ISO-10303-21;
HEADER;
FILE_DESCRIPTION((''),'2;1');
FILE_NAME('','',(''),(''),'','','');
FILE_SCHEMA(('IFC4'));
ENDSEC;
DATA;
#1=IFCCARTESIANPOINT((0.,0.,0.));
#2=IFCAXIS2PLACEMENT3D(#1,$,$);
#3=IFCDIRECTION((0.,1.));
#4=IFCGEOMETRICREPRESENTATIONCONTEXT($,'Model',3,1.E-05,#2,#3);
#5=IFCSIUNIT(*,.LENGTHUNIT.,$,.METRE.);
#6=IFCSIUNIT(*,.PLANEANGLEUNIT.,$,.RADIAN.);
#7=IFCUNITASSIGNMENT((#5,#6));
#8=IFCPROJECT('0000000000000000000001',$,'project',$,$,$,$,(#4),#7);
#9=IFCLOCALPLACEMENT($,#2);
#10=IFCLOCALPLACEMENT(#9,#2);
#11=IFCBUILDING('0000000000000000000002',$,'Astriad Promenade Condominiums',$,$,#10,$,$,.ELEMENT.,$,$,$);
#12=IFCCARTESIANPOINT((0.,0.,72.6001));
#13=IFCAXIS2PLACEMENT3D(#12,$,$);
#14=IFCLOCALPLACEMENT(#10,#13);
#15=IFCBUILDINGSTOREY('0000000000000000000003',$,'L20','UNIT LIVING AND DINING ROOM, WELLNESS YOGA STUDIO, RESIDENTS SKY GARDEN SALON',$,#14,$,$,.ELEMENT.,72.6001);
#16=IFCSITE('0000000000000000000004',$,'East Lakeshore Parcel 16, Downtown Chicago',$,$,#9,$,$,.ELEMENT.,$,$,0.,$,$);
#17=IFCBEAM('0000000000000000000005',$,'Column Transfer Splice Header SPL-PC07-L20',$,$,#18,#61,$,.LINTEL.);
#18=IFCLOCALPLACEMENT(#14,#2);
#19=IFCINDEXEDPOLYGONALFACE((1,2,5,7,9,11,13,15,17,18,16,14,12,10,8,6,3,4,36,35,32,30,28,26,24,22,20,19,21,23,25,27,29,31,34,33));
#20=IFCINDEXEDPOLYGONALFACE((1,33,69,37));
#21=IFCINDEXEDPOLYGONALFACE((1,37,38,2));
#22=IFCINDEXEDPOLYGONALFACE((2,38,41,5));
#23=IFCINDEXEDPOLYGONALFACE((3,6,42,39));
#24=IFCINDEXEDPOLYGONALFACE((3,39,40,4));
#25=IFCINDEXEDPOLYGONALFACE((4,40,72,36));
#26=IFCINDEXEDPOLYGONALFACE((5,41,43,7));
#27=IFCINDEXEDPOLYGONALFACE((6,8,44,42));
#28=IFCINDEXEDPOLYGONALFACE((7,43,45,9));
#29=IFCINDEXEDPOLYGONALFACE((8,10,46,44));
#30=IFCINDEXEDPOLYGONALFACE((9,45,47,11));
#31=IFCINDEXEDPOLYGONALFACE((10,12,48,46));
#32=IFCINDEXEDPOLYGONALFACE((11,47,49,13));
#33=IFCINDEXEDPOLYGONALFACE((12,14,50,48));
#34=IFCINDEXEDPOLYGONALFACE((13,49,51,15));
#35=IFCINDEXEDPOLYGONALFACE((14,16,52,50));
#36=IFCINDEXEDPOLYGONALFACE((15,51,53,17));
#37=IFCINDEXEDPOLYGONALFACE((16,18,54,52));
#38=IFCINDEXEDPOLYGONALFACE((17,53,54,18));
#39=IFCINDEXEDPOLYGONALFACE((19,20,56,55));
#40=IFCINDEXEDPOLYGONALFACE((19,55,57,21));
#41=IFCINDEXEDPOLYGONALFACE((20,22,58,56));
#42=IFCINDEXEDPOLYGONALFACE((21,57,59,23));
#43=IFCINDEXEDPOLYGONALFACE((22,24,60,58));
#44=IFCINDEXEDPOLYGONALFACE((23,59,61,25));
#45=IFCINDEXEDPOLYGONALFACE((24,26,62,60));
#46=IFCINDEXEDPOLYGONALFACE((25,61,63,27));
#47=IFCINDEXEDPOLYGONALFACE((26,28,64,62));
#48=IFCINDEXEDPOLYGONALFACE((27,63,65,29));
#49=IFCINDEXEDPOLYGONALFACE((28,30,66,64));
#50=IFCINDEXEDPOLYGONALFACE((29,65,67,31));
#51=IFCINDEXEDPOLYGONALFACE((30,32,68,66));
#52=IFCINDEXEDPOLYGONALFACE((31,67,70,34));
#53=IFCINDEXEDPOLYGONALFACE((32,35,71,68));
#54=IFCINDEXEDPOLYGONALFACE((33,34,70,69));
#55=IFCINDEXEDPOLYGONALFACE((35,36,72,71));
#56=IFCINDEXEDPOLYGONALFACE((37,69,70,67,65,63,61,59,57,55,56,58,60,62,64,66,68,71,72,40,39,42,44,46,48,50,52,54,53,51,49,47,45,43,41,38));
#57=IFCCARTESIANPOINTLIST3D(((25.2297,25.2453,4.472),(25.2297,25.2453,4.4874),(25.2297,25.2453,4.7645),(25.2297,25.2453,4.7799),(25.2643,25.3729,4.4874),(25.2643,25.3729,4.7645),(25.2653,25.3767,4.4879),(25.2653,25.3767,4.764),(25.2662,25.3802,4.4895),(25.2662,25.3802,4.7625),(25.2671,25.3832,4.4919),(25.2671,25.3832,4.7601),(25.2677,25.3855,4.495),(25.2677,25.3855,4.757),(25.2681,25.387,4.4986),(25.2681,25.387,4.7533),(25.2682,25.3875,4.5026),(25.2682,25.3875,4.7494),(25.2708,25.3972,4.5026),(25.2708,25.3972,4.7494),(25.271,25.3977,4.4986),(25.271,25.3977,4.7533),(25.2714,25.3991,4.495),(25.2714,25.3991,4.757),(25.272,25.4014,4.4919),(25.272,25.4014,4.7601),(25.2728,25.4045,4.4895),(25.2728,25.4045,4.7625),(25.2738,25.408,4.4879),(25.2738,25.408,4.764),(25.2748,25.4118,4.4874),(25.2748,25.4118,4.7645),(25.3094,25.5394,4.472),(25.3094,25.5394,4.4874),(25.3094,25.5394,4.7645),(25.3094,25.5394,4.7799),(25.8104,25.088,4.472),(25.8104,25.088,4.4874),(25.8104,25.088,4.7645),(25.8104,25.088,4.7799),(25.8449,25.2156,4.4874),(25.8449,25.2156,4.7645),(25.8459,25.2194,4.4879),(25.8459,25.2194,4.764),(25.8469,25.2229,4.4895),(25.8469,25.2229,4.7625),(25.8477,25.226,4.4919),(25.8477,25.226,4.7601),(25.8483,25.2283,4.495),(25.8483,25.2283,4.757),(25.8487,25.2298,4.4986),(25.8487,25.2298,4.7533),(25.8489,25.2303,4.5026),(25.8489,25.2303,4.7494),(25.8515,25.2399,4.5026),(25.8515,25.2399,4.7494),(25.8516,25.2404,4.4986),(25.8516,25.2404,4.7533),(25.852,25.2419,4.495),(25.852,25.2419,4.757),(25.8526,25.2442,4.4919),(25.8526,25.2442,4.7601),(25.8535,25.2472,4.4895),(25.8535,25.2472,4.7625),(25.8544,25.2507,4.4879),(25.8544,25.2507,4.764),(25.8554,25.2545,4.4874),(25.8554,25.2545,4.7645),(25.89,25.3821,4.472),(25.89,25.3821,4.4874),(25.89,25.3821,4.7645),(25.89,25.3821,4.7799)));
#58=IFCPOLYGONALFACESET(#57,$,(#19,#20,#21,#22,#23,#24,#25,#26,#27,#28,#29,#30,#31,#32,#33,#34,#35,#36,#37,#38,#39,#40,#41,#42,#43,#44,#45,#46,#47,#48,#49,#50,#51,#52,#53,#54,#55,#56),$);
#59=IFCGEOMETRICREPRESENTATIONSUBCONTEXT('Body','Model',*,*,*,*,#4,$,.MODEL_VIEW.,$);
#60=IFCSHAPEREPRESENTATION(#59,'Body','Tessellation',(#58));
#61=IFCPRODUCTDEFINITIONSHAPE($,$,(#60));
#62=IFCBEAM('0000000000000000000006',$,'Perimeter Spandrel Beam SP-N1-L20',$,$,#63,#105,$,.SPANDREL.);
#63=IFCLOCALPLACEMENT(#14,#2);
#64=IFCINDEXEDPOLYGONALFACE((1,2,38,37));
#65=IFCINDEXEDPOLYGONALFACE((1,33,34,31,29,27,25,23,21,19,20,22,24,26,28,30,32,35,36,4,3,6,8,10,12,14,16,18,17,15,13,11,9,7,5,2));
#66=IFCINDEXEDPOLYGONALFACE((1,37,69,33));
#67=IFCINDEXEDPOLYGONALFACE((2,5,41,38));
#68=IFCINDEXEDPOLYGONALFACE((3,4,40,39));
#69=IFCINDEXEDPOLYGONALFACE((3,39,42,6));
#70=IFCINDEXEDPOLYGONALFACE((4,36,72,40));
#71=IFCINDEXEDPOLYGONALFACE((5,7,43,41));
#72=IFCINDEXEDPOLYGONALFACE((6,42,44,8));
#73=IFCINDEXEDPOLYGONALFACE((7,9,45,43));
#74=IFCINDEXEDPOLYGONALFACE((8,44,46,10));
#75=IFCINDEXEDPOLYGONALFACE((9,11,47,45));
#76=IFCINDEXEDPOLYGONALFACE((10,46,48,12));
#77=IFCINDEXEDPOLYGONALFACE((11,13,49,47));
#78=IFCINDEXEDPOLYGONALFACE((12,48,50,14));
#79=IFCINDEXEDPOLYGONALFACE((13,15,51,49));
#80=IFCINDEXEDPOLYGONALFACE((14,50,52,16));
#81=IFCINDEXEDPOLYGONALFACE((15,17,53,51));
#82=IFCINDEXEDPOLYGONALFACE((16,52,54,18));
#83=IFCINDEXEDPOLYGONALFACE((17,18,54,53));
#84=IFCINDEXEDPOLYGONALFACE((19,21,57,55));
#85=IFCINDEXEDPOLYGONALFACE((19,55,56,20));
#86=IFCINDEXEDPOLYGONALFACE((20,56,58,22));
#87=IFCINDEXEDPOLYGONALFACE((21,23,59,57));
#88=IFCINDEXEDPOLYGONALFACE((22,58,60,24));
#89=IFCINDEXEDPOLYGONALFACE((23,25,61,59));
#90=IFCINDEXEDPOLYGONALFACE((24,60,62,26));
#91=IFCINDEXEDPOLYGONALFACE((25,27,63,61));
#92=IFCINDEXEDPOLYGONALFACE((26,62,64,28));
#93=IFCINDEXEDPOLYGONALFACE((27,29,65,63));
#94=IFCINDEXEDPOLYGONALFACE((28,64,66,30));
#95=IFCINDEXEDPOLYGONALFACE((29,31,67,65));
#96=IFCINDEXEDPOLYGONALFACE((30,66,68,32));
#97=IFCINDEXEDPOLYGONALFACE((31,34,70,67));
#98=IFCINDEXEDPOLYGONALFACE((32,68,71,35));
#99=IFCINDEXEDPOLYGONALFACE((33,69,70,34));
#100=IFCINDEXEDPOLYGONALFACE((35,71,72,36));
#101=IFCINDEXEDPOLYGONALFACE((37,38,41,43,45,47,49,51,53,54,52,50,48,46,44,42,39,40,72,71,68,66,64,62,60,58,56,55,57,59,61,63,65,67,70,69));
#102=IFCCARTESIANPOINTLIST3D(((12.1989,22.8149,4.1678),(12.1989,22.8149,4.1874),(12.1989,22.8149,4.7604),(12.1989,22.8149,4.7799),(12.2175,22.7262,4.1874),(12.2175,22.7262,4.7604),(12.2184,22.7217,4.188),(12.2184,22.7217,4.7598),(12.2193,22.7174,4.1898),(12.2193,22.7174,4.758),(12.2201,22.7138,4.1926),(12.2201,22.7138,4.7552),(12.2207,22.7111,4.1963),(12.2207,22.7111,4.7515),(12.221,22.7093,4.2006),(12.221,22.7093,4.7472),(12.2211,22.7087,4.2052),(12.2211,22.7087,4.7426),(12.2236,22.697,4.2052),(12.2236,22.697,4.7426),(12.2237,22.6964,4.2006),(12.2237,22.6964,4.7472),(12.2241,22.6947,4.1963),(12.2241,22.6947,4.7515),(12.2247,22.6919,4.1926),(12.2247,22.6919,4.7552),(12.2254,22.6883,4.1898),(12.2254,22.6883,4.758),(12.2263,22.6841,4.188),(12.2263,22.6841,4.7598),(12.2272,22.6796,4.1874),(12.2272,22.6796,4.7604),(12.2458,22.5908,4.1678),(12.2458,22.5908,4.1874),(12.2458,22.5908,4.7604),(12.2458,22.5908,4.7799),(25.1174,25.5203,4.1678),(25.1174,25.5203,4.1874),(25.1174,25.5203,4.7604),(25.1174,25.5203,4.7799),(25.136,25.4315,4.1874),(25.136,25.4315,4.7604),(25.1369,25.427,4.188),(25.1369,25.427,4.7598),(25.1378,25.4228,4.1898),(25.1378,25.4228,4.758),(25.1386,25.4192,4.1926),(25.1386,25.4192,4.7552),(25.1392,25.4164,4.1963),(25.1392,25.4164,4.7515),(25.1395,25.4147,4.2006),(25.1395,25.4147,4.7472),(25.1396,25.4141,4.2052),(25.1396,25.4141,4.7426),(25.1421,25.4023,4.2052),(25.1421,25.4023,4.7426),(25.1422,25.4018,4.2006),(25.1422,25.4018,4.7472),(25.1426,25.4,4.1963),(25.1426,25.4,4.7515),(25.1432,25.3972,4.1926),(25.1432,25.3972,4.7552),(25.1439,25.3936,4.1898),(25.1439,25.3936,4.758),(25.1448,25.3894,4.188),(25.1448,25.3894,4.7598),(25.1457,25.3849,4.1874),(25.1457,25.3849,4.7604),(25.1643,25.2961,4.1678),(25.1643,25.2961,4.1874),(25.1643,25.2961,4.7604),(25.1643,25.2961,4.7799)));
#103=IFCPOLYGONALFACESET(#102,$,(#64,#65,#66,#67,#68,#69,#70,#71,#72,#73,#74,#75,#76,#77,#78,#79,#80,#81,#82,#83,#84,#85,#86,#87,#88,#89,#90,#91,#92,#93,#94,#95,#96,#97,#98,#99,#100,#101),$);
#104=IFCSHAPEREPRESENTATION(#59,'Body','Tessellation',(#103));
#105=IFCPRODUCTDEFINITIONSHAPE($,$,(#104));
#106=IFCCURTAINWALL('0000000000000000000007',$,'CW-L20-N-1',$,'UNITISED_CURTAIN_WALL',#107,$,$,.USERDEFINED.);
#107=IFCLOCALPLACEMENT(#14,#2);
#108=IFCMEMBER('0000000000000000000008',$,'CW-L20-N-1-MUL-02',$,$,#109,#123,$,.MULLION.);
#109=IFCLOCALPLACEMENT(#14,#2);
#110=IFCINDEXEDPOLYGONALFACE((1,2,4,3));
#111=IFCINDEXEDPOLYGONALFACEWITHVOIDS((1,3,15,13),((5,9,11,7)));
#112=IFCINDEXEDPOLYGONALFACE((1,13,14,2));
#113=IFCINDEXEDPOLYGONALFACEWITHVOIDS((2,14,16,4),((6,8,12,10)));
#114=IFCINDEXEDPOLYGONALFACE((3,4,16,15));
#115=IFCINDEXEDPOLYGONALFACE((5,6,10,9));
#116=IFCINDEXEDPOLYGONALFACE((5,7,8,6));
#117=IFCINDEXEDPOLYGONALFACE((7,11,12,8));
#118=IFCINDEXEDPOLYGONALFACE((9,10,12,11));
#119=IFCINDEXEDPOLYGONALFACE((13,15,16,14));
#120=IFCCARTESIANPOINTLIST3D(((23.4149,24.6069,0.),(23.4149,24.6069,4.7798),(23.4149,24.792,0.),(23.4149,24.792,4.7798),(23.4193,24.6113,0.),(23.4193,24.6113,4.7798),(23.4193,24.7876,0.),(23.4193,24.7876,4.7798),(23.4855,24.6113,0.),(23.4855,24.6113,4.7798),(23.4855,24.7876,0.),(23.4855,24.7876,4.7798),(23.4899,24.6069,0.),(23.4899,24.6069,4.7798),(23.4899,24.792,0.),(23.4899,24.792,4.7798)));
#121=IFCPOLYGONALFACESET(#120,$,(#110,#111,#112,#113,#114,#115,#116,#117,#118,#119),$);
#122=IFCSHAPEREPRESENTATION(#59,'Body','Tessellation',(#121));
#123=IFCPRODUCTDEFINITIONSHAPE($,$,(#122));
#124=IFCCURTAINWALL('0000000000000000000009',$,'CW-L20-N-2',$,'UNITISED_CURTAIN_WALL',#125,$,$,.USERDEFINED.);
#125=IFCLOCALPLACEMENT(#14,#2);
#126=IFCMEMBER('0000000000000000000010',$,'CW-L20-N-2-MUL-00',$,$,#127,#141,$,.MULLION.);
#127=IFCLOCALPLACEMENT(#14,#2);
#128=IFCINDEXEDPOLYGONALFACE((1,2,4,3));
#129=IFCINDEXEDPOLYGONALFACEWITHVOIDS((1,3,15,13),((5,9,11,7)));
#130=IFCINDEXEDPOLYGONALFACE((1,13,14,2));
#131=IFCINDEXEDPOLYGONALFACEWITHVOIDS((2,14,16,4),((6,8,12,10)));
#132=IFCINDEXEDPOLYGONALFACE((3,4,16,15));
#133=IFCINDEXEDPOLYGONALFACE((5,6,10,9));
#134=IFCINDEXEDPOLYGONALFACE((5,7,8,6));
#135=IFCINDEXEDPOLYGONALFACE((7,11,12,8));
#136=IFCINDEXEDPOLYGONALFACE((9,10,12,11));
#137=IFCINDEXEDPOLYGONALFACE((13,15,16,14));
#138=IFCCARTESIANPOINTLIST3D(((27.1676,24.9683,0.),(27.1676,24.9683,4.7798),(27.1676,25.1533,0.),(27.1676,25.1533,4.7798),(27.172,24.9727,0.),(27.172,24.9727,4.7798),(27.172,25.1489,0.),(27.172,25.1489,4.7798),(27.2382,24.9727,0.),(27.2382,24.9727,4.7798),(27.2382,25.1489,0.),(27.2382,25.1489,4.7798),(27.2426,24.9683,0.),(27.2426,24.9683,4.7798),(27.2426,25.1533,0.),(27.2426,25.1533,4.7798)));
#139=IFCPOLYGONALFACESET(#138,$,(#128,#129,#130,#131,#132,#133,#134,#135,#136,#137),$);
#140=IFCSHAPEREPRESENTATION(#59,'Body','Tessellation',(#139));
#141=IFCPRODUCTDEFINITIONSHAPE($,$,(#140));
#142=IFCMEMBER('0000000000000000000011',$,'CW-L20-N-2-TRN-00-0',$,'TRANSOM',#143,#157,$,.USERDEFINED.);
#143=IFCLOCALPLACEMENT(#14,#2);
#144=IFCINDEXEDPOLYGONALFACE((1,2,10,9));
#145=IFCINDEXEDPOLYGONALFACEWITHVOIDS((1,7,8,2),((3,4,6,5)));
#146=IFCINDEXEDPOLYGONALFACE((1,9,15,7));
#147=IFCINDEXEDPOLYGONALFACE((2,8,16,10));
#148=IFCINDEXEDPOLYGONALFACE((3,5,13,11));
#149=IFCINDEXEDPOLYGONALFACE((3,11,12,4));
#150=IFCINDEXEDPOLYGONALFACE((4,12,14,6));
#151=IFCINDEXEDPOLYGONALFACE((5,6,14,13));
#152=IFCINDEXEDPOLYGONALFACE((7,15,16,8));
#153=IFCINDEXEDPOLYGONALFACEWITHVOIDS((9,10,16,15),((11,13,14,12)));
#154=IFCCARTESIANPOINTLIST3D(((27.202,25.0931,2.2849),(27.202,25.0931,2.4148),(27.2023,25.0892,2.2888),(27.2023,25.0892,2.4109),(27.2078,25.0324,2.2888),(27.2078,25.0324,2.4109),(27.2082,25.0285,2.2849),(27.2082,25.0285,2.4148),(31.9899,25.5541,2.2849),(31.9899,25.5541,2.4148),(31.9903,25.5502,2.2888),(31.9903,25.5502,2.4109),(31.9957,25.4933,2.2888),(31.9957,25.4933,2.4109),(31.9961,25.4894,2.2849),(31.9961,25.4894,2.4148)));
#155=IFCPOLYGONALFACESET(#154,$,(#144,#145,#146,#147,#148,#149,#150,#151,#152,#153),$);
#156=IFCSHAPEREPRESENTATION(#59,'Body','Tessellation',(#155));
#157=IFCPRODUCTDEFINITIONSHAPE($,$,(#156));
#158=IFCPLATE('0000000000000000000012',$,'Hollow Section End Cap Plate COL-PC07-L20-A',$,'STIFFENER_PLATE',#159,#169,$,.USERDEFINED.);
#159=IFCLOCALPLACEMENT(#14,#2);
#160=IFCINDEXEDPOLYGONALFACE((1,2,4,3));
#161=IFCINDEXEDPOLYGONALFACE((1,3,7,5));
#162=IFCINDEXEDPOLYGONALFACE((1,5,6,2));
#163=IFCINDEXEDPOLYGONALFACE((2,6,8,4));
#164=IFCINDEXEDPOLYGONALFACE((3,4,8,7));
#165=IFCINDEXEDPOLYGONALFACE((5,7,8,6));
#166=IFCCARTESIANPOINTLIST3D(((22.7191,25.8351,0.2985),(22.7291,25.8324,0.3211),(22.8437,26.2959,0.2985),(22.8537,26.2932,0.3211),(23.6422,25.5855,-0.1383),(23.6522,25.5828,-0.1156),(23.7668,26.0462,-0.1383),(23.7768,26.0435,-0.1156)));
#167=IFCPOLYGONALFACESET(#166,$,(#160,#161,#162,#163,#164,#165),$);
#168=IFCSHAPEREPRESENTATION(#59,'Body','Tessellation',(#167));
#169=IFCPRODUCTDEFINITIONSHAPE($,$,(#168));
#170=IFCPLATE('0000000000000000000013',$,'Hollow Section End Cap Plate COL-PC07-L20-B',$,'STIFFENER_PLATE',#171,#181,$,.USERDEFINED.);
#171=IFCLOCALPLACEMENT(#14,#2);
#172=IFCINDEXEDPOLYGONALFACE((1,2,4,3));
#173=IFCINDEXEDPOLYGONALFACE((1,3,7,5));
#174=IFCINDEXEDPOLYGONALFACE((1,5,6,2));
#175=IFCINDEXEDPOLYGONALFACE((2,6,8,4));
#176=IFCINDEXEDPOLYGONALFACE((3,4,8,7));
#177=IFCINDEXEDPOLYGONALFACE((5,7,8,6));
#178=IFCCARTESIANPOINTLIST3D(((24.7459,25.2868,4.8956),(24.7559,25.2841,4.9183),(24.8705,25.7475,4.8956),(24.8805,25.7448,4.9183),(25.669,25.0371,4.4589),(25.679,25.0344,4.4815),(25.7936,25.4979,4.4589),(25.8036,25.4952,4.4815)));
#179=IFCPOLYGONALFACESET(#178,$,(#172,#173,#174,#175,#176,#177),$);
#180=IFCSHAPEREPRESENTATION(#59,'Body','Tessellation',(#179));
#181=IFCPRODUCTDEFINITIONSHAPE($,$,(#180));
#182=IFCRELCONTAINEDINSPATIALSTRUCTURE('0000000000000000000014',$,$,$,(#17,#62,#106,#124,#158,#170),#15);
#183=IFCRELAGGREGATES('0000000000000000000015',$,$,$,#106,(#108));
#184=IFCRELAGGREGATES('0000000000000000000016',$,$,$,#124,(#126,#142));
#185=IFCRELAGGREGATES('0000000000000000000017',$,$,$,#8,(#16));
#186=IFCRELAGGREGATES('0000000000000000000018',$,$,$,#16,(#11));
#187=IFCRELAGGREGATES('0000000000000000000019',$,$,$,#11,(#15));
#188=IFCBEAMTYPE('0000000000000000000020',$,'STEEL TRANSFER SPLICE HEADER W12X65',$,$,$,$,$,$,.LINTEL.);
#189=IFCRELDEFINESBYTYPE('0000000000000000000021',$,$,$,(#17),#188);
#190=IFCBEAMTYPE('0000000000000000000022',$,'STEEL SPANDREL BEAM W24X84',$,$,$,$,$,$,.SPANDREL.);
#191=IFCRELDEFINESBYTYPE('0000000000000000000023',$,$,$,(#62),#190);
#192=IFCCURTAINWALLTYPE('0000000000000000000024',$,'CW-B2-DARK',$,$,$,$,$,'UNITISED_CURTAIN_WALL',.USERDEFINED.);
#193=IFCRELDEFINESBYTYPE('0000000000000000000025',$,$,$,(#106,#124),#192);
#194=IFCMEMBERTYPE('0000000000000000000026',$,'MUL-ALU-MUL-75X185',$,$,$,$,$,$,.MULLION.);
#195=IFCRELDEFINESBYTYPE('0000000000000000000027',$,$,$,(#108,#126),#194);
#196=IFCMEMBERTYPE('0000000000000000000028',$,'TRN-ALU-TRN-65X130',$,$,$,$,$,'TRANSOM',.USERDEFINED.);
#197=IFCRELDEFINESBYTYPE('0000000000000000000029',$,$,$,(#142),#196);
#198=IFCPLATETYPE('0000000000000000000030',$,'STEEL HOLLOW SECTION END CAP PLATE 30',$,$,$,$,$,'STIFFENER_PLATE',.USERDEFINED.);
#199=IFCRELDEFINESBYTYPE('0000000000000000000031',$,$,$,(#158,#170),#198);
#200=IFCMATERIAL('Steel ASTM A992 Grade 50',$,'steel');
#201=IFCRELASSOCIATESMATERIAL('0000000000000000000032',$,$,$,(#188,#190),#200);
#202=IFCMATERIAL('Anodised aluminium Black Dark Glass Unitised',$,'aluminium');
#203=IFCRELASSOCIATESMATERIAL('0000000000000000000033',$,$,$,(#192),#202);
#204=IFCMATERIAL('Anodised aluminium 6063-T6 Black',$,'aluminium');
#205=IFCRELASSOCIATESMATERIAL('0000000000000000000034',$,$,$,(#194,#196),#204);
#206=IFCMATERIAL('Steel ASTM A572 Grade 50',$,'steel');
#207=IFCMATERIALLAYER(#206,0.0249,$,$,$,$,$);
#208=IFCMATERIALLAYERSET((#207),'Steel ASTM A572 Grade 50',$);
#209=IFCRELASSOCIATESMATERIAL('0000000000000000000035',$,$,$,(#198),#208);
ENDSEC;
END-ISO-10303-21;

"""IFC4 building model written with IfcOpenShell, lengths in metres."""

from ifc_helpers import new_model, si_unit, direction, frame, origin, origin_2d, place, context, subcontext, project, spatial, rectangle, hollow_rectangle, i_section, extrude, source, transform, mapped, material, layer, layer_set, material_profile, profile_set, type_object, type_shapes, element, aggregate, save


model = new_model("IFC4")

# Units and contexts
model_context = context("Model", 3, precision=1e-05, world=origin(), true_north=direction((0.0, 1.0)))
body_context = subcontext(model_context, "Body", "Model", "MODEL_VIEW")
ifc_project = project(units=[si_unit("LENGTHUNIT", "METRE"), si_unit("PLANEANGLEUNIT", "RADIAN")], contexts=[model_context])

# Site, building, storey
site_placement = place(None, origin())
site = spatial("IfcSite", under=ifc_project, at=site_placement, Name="East Lakeshore Parcel 16, Downtown Chicago", CompositionType="ELEMENT", RefElevation=0.0)
building_placement = place(site_placement, origin())
building = spatial("IfcBuilding", under=site, at=building_placement, Name="Astriad Promenade Condominiums", CompositionType="ELEMENT")
storey_placement = place(building_placement, frame((0.0, 0.0, 72.6001)))
storey = spatial("IfcBuildingStorey", under=building, at=storey_placement, Name="L20", Description="UNIT LIVING AND DINING ROOM, WELLNESS YOGA STUDIO, RESIDENTS SKY GARDEN SALON", CompositionType="ELEMENT", Elevation=72.6001)

# Shared definitions
ifc_material_1 = material(Name="Steel ASTM A992 Grade 50", Category="steel")

# Beams
ifc_material_profile_1 = material_profile(ifc_material_1, i_section(OverallWidth=0.3047, OverallDepth=0.3079, WebThickness=0.01, FlangeThickness=0.0154, FilletRadius=0.0151, at=origin_2d()), Name="W12X65")
ifc_profile_set_1 = profile_set([ifc_material_profile_1], Name="Steel ASTM A992 Grade 50")
beam_type_1 = type_object("IfcBeamType", Name="STEEL TRANSFER SPLICE HEADER W12X65", PredefinedType="LINTEL", material=ifc_profile_set_1)
shared_shape_1 = source(origin(), body_context, "Body", "SweptSolid", [
    extrude(i_section(OverallWidth=0.3047, OverallDepth=0.3079, WebThickness=0.01, FlangeThickness=0.0154, FilletRadius=0.0151, at=origin_2d()), origin(), (0.0, 0.0, 1.0), 0.6016),
])
type_shapes(beam_type_1, [shared_shape_1])
beam_1_placement = place(storey_placement, frame((25.2695, 25.3923, 4.626), z_axis=(0.965231, -0.2614, 0.0), x_axis=(0.2614, 0.965231, 0.0)))
element("IfcBeam", 1, at=beam_1_placement, inside=storey, type_object=beam_type_1, Name="Column Transfer Splice Header SPL-PC07-L20", PredefinedType="LINTEL", context=body_context, shape_type="MappedRepresentation", body=[
    mapped(shared_shape_1, transform((0.0, 0.0, 0.0), scale=1.0)),
])
ifc_material_profile_2 = material_profile(ifc_material_1, i_section(OverallWidth=0.229, OverallDepth=0.6121, WebThickness=0.012, FlangeThickness=0.0195, FilletRadius=0.0178, at=origin_2d()), Name="W24X84")
ifc_profile_set_2 = profile_set([ifc_material_profile_2], Name="Steel ASTM A992 Grade 50")
beam_type_2 = type_object("IfcBeamType", Name="STEEL SPANDREL BEAM W24X84", PredefinedType="SPANDREL", material=ifc_profile_set_2)
shared_shape_2 = source(origin(), body_context, "Body", "SweptSolid", [
    extrude(i_section(OverallWidth=0.229, OverallDepth=0.6121, WebThickness=0.012, FlangeThickness=0.0195, FilletRadius=0.0178, at=origin_2d()), origin(), (0.0, 0.0, 1.0), 13.1987),
])
type_shapes(beam_type_2, [shared_shape_2])
beam_2_placement = place(storey_placement, frame((25.1409, 25.4082, 4.4739), z_axis=(-0.978768, -0.204969, 0.0), x_axis=(0.204969, -0.978768, 0.0)))
element("IfcBeam", 2, at=beam_2_placement, inside=storey, type_object=beam_type_2, Name="Perimeter Spandrel Beam SP-N1-L20", PredefinedType="SPANDREL", context=body_context, shape_type="MappedRepresentation", body=[
    mapped(shared_shape_2, transform((0.0, 0.0, 0.0), scale=1.0)),
])

# Curtain wall, member
ifc_material_2 = material(Name="Anodised aluminium Black Dark Glass Unitised", Category="aluminium")
curtain_wall_type = type_object("IfcCurtainWallType", Name="CW-B2-DARK", ElementType="UNITISED_CURTAIN_WALL", PredefinedType="USERDEFINED", material=ifc_material_2)
curtain_wall_1_placement = place(storey_placement, origin())
curtain_wall_1 = element("IfcCurtainWall", 3, at=curtain_wall_1_placement, inside=storey, type_object=curtain_wall_type, Name="CW-L20-N-1", ObjectType="UNITISED_CURTAIN_WALL", PredefinedType="USERDEFINED")
ifc_material_3 = material(Name="Anodised aluminium 6063-T6 Black", Category="aluminium")
ifc_material_profile_3 = material_profile(ifc_material_3, hollow_rectangle(XDim=0.075, YDim=0.1851, WallThickness=0.0044, at=origin_2d()), Name="ALU-MUL-75X185")
ifc_profile_set_3 = profile_set([ifc_material_profile_3], Name="Anodised aluminium 6063-T6 Black")
member_type_1 = type_object("IfcMemberType", Name="MUL-ALU-MUL-75X185", PredefinedType="MULLION", material=ifc_profile_set_3)
shared_shape_3 = source(origin(), body_context, "Body", "SweptSolid", [
    extrude(hollow_rectangle(XDim=0.075, YDim=0.1851, WallThickness=0.0044, at=origin_2d()), origin(), (0.0, 0.0, 1.0), 4.7798),
])
type_shapes(member_type_1, [shared_shape_3])
member_1_placement = place(storey_placement, frame((23.4524, 24.6995, 0.0), z_axis=(0.0, 0.0, 1.0), x_axis=(1.0, 0.0, 0.0)))
member_1 = element("IfcMember", 4, at=member_1_placement, type_object=member_type_1, Name="CW-L20-N-1-MUL-02", PredefinedType="MULLION", context=body_context, shape_type="MappedRepresentation", body=[
    mapped(shared_shape_3, transform((0.0, 0.0, 0.0), scale=1.0)),
])
aggregate(curtain_wall_1, [member_1])

# Curtain wall, members
curtain_wall_2_placement = place(storey_placement, origin())
curtain_wall_2 = element("IfcCurtainWall", 5, at=curtain_wall_2_placement, inside=storey, type_object=curtain_wall_type, Name="CW-L20-N-2", ObjectType="UNITISED_CURTAIN_WALL", PredefinedType="USERDEFINED")
member_2_placement = place(storey_placement, frame((27.2051, 25.0608, 0.0), z_axis=(0.0, 0.0, 1.0), x_axis=(1.0, 0.0, 0.0)))
member_2 = element("IfcMember", 6, at=member_2_placement, type_object=member_type_1, Name="CW-L20-N-2-MUL-00", PredefinedType="MULLION", context=body_context, shape_type="MappedRepresentation", body=[
    mapped(shared_shape_3, transform((0.0, 0.0, 0.0), scale=1.0)),
])
ifc_material_profile_4 = material_profile(ifc_material_3, hollow_rectangle(XDim=0.0649, YDim=0.1299, WallThickness=0.0039, at=origin_2d()), Name="ALU-TRN-65X130")
ifc_profile_set_4 = profile_set([ifc_material_profile_4], Name="Anodised aluminium 6063-T6 Black")
member_type_2 = type_object("IfcMemberType", Name="TRN-ALU-TRN-65X130", ElementType="TRANSOM", PredefinedType="USERDEFINED", material=ifc_profile_set_4)
shared_shape_4 = source(origin(), body_context, "Body", "SweptSolid", [
    extrude(hollow_rectangle(XDim=0.0649, YDim=0.1299, WallThickness=0.0039, at=origin_2d()), origin(), (0.0, 0.0, 1.0), 4.8101),
])
type_shapes(member_type_2, [shared_shape_4])
member_3_placement = place(storey_placement, frame((27.2051, 25.0608, 2.3499), z_axis=(0.995398, 0.095829, 0.0), x_axis=(-0.095829, 0.995398, 0.0)))
member_3 = element("IfcMember", 7, at=member_3_placement, type_object=member_type_2, Name="CW-L20-N-2-TRN-00-0", ObjectType="TRANSOM", PredefinedType="USERDEFINED", context=body_context, shape_type="MappedRepresentation", body=[
    mapped(shared_shape_4, transform((0.0, 0.0, 0.0), scale=1.0)),
])

# Plates
ifc_material_4 = material(Name="Steel ASTM A572 Grade 50", Category="steel")
ifc_layer_1 = layer(ifc_material_4, 0.0249)
ifc_layer_set_1 = layer_set([ifc_layer_1], Name="Steel ASTM A572 Grade 50")
plate_type_1 = type_object("IfcPlateType", Name="STEEL HOLLOW SECTION END CAP PLATE 30", ElementType="STIFFENER_PLATE", PredefinedType="USERDEFINED", material=ifc_layer_set_1)
shared_shape_5 = source(origin(), body_context, "Body", "SweptSolid", [
    extrude(rectangle(XDim=0.4773, YDim=1.0513, at=origin_2d()), origin(), (0.0, 0.0, 1.0), 0.0249),
])
type_shapes(plate_type_1, [shared_shape_5])
for number, where, z_axis, x_axis, name in (
    (8, (23.2429, 25.9407, 0.0801), (0.401038, -0.108457, 0.909618), (0.261063, 0.965322, 0.0), "Hollow Section End Cap Plate COL-PC07-L20-A"),
    (9, (25.2698, 25.3923, 4.6772), (0.401038, -0.108457, 0.909618), (0.261063, 0.965322, 0.0), "Hollow Section End Cap Plate COL-PC07-L20-B"),
):
    element("IfcPlate", number, at=place(storey_placement, frame(where, z_axis=z_axis, x_axis=x_axis)), inside=storey, type_object=plate_type_1, Name=name, ObjectType="STIFFENER_PLATE", PredefinedType="USERDEFINED", context=body_context, shape_type="MappedRepresentation", body=[
        mapped(shared_shape_5, transform((0.0, 0.0, 0.0), scale=1.0)),
    ])

aggregate(curtain_wall_2, [member_2, member_3])

save(model, "model.ifc")
